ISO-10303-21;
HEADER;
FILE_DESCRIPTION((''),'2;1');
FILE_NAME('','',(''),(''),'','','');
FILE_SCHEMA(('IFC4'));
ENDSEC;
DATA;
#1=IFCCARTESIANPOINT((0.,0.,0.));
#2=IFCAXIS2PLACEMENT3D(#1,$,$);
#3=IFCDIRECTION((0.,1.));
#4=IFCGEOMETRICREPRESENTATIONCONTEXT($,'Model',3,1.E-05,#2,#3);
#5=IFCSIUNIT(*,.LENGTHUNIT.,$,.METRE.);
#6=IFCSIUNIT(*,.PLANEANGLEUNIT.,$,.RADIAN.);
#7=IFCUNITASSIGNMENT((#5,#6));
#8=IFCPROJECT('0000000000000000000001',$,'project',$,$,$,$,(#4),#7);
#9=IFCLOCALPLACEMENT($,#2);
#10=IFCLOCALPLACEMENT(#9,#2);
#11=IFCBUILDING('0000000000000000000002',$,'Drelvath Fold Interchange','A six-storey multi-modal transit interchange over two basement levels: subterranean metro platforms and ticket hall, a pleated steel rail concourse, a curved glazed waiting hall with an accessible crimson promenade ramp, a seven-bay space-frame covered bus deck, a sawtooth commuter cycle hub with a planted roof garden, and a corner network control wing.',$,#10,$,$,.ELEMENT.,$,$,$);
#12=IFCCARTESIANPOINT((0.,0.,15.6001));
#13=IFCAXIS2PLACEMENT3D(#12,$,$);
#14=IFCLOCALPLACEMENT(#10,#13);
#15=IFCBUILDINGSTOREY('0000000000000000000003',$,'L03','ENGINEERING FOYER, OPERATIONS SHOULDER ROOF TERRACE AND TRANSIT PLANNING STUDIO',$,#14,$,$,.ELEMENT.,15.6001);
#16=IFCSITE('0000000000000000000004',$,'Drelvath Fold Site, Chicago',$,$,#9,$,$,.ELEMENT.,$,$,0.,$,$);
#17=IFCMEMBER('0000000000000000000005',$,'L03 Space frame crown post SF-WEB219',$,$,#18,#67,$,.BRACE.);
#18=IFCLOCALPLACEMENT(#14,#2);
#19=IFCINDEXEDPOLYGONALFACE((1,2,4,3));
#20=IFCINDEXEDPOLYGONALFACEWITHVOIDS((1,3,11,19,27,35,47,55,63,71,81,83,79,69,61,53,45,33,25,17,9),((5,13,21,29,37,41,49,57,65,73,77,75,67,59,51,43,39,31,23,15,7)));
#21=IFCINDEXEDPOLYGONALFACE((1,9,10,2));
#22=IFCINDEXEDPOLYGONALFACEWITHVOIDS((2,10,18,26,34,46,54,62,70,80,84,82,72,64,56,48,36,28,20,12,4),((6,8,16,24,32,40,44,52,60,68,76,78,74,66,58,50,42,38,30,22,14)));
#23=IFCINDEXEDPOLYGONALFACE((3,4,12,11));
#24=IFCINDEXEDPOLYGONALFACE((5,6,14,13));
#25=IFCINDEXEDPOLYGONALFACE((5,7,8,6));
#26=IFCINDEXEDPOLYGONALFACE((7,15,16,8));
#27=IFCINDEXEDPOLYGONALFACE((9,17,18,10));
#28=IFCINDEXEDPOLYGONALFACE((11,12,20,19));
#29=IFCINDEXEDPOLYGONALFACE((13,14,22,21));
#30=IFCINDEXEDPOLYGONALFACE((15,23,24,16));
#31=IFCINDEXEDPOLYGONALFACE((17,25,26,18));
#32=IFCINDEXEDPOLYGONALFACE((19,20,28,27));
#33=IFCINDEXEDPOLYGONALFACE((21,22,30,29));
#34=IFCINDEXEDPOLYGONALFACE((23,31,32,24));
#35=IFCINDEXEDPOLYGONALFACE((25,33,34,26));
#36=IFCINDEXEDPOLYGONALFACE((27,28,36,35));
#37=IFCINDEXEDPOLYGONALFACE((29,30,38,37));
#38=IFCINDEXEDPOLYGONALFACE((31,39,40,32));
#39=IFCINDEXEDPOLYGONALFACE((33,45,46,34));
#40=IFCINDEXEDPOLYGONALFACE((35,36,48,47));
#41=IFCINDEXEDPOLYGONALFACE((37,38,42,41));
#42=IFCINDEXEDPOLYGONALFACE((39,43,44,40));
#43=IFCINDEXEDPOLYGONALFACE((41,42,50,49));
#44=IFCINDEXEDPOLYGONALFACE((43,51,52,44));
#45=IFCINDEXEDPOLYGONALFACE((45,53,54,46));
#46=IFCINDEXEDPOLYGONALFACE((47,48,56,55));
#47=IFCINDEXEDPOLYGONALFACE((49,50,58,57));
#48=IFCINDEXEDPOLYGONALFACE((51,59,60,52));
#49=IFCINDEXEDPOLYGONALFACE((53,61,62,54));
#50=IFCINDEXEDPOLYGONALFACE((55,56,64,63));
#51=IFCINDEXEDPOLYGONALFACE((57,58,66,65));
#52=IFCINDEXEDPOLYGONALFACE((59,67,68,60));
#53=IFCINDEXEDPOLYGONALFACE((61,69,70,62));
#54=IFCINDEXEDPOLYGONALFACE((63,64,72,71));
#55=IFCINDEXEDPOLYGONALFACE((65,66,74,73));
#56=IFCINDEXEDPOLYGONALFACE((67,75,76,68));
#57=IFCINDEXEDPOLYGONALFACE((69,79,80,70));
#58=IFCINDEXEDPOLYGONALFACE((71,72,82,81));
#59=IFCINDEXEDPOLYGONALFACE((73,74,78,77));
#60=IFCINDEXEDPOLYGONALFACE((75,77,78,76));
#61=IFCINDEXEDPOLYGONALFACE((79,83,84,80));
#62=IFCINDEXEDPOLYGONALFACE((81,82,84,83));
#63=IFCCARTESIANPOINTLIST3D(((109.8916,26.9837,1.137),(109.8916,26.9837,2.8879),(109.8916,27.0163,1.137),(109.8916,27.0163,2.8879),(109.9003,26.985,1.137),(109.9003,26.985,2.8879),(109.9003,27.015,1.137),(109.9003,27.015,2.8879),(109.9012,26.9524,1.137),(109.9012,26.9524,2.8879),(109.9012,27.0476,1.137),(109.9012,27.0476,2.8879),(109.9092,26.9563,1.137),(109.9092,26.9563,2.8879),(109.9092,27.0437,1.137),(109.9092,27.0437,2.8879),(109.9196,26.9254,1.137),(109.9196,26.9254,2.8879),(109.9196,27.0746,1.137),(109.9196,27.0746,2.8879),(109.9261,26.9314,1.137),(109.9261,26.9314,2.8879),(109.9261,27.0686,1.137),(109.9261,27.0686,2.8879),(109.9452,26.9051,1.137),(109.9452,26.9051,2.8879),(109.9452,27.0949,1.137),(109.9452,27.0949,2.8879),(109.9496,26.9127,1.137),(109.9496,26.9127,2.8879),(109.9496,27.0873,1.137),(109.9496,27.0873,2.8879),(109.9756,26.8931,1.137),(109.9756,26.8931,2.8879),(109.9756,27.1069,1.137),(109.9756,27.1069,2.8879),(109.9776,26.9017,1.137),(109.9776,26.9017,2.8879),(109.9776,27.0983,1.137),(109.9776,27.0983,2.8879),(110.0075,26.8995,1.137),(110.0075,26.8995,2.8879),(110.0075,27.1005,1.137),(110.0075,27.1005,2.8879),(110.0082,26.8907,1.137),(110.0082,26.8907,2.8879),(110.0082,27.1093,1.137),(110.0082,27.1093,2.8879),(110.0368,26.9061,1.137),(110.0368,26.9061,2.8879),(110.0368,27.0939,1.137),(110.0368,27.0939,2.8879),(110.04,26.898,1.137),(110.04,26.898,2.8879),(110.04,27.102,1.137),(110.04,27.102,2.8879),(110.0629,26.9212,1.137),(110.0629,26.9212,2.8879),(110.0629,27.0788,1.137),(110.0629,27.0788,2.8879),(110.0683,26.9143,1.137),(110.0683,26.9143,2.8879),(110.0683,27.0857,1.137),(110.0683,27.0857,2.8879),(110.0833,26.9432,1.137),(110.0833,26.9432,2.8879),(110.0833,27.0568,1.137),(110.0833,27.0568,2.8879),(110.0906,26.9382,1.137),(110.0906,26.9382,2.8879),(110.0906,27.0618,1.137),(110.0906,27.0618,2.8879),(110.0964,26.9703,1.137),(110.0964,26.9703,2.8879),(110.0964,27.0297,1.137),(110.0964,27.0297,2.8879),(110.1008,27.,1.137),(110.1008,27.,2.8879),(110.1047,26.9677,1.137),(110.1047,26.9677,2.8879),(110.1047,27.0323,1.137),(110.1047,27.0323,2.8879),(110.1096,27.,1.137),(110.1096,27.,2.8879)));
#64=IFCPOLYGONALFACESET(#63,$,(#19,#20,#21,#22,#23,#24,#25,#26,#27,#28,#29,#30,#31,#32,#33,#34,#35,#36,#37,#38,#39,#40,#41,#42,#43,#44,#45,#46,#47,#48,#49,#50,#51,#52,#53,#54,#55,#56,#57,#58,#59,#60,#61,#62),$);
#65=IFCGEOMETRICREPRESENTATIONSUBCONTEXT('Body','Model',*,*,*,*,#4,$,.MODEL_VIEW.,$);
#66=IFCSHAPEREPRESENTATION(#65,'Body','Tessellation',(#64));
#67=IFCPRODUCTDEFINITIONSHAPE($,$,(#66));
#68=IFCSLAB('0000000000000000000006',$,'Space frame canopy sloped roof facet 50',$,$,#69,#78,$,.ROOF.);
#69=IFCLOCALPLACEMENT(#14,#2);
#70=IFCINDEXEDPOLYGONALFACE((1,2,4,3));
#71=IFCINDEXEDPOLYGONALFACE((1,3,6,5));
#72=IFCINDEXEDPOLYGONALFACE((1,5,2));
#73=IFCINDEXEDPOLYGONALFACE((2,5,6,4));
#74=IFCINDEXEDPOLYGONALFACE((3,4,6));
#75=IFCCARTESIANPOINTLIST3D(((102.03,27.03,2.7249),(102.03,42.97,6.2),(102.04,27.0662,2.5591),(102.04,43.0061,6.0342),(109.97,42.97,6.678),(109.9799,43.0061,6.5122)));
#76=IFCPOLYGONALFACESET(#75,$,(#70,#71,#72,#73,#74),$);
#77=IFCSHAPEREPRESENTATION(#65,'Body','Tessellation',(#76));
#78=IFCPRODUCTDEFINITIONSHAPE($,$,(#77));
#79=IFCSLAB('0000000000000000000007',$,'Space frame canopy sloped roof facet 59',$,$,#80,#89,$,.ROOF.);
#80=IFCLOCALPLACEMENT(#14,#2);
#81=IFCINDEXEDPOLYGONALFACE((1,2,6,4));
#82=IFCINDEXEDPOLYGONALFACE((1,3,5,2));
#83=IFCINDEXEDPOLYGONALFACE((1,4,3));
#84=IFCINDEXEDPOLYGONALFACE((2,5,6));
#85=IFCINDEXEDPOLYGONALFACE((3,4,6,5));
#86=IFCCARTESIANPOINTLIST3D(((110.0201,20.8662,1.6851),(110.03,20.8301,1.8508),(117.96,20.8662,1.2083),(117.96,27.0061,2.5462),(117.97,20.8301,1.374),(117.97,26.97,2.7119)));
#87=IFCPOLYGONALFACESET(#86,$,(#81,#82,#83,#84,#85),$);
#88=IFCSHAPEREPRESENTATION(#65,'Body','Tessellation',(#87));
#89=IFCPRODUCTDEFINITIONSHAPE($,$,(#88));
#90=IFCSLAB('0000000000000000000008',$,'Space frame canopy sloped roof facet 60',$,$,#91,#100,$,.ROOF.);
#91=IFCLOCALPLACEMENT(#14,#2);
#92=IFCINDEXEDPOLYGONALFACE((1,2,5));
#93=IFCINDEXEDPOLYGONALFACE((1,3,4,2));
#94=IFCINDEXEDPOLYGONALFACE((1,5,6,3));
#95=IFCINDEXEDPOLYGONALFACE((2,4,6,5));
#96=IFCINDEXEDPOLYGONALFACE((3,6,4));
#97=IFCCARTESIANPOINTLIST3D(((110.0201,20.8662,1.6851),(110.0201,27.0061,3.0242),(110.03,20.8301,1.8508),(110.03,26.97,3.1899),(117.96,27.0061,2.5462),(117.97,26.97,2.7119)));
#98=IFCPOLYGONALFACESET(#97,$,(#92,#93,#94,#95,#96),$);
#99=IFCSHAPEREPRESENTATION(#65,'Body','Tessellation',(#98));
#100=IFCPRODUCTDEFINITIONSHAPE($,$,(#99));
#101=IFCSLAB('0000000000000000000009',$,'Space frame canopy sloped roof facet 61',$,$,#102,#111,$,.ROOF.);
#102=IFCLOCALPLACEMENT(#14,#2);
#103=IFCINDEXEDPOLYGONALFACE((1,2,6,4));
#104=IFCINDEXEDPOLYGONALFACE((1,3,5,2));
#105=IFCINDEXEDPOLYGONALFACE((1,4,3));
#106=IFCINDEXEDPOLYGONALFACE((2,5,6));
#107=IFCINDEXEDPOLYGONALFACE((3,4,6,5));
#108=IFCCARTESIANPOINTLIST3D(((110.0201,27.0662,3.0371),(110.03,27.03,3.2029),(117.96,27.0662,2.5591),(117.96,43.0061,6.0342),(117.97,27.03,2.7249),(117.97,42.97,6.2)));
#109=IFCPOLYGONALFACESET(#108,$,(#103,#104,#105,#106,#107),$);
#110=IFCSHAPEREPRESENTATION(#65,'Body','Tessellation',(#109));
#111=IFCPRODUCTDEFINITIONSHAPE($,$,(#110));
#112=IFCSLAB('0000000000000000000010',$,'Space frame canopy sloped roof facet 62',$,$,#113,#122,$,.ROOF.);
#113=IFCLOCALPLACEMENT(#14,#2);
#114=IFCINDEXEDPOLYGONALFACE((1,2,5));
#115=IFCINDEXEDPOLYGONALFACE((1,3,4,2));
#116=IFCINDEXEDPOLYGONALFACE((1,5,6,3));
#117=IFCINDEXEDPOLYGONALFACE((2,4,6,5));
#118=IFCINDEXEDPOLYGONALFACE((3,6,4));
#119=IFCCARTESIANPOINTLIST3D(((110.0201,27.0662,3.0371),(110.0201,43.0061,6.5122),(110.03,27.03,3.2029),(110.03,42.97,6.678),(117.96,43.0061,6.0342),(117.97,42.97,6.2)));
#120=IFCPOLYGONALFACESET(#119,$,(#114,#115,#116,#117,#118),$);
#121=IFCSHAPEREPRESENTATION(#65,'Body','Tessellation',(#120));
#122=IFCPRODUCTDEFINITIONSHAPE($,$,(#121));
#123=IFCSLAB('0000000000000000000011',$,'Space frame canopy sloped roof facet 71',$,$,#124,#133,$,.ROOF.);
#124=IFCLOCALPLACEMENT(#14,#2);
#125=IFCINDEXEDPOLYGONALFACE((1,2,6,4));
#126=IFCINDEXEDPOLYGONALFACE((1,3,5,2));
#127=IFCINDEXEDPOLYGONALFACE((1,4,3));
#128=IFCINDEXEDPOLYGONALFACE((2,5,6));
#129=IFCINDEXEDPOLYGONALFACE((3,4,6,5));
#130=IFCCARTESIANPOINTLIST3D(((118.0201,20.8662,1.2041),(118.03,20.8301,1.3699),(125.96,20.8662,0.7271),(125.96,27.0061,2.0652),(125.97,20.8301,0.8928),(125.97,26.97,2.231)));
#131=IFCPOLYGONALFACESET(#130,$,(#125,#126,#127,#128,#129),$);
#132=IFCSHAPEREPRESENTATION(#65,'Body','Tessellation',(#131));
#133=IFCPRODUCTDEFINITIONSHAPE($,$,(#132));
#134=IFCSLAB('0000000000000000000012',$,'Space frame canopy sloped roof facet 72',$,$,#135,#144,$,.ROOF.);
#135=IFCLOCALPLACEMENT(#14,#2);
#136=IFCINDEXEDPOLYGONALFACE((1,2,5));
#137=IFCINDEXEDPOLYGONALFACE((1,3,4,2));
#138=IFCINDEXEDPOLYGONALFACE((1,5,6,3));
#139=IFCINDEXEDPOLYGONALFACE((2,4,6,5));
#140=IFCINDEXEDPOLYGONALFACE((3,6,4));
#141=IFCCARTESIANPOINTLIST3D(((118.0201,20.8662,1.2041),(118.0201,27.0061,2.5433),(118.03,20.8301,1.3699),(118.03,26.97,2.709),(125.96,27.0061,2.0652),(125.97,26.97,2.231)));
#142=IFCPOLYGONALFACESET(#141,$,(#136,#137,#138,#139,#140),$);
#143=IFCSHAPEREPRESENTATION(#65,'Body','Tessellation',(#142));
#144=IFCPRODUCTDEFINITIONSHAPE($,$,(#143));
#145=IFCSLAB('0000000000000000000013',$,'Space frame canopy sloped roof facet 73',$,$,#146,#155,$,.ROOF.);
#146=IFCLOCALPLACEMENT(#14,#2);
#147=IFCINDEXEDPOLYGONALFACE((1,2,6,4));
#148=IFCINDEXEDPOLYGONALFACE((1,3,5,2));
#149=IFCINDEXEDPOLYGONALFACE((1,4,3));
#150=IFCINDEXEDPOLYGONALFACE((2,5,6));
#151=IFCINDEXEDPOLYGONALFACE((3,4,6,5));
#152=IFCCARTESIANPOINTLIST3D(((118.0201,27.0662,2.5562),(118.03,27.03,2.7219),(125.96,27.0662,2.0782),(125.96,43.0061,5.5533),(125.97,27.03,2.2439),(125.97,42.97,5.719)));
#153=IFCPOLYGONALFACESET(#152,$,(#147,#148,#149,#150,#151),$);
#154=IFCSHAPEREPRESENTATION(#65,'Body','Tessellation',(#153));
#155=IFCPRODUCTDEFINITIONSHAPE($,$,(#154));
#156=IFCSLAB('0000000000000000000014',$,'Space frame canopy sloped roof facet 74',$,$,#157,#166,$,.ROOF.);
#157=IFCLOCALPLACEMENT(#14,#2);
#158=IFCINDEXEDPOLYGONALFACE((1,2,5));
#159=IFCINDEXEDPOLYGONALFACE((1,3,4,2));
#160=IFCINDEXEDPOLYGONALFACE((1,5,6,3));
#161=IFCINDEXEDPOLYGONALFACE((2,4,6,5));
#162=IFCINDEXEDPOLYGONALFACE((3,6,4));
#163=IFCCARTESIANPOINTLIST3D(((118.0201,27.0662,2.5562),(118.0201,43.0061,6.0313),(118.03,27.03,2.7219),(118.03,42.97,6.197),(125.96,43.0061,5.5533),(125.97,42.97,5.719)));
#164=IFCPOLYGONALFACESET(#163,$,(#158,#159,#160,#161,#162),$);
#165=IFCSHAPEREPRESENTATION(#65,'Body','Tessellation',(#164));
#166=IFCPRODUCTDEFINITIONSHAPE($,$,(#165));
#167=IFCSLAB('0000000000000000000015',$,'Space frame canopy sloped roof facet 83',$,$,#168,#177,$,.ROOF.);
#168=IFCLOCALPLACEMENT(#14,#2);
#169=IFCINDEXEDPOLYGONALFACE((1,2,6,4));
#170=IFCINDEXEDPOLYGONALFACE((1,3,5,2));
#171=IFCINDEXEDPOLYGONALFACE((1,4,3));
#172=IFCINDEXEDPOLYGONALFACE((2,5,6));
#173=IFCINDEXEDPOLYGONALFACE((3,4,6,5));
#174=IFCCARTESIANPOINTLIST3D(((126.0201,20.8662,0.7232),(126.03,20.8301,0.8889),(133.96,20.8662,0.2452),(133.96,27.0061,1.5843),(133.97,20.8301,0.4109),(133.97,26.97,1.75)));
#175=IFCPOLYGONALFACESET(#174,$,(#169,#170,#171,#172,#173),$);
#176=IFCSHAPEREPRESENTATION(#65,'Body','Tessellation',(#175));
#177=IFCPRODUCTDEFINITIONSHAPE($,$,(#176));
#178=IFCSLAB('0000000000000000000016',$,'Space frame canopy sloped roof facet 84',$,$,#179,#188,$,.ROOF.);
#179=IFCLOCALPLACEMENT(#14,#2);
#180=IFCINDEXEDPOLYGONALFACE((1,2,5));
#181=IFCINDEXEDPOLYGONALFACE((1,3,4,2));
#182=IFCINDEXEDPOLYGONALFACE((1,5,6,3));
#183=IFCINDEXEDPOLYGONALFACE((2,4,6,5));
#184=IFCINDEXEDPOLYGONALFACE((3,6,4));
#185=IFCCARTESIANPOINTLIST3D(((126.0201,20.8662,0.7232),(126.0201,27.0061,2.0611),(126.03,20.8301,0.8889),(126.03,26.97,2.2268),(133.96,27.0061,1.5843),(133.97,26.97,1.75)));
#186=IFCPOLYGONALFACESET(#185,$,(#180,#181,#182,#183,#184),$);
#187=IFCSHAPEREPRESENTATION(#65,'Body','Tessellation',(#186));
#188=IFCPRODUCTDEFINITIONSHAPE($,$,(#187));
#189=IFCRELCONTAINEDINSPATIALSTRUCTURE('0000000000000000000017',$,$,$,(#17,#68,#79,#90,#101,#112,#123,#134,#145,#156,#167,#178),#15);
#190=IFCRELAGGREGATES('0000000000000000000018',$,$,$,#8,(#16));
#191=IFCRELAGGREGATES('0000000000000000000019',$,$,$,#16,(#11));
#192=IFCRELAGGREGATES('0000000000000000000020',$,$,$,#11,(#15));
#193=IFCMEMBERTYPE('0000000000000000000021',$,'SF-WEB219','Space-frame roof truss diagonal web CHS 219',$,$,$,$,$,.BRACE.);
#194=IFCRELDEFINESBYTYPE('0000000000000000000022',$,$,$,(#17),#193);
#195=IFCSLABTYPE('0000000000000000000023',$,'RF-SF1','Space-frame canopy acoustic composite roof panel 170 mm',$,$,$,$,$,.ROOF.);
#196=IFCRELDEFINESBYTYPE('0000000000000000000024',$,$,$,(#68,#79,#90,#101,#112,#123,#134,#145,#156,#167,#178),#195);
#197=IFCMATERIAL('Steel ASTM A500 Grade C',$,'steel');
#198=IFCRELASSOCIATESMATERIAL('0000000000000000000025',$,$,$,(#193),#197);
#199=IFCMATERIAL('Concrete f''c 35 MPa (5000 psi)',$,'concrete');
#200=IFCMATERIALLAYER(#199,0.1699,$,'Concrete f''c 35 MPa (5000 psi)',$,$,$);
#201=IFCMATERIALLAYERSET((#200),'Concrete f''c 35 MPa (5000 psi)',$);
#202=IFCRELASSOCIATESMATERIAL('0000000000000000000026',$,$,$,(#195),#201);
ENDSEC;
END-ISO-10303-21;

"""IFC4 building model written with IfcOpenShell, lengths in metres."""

from ifc_helpers import new_model, si_unit, direction, frame, origin, origin_2d, place, context, subcontext, project, spatial, polyline, hollow_circle, outline, extrude, material, layer, layer_set, material_profile, profile_set, type_object, element, save


model = new_model("IFC4")

# Units and contexts
model_context = context("Model", 3, precision=1e-05, world=origin(), true_north=direction((0.0, 1.0)))
body_context = subcontext(model_context, "Body", "Model", "MODEL_VIEW")
ifc_project = project(units=[si_unit("LENGTHUNIT", "METRE"), si_unit("PLANEANGLEUNIT", "RADIAN")], contexts=[model_context])

# Site, building, storey
site_placement = place(None, origin())
site = spatial("IfcSite", under=ifc_project, at=site_placement, Name="Drelvath Fold Site, Chicago", CompositionType="ELEMENT", RefElevation=0.0)
building_placement = place(site_placement, origin())
building = spatial("IfcBuilding", under=site, at=building_placement, Name="Drelvath Fold Interchange", Description="A six-storey multi-modal transit interchange over two basement levels: subterranean metro platforms and ticket hall, a pleated steel rail concourse, a curved glazed waiting hall with an accessible crimson promenade ramp, a seven-bay space-frame covered bus deck, a sawtooth commuter cycle hub with a planted roof garden, and a corner network control wing.", CompositionType="ELEMENT")
storey_placement = place(building_placement, frame((0.0, 0.0, 15.6001)))
storey = spatial("IfcBuildingStorey", under=building, at=storey_placement, Name="L03", Description="ENGINEERING FOYER, OPERATIONS SHOULDER ROOF TERRACE AND TRANSIT PLANNING STUDIO", CompositionType="ELEMENT", Elevation=15.6001)

# Shared definitions
ifc_material_1 = material(Name="Steel ASTM A500 Grade C", Category="steel")

# Member
ifc_material_profile_1 = material_profile(ifc_material_1, hollow_circle(Radius=0.1096, WallThickness=0.0088, at=origin_2d()), Name="HSS8.625X0.375")
ifc_profile_set_1 = profile_set([ifc_material_profile_1], Name="Steel ASTM A500 Grade C")
member_type_1 = type_object("IfcMemberType", Name="SF-WEB219", Description="Space-frame roof truss diagonal web CHS 219", PredefinedType="BRACE", material=ifc_profile_set_1)
member_1_placement = place(storey_placement, frame((110.0, 27.0, 1.137), z_axis=(0.0, 0.0, 1.0), x_axis=(1.0, 0.0, 0.0)))
element("IfcMember", 1, at=member_1_placement, inside=storey, type_object=member_type_1, Name="L03 Space frame crown post SF-WEB219", PredefinedType="BRACE", context=body_context, shape_type="SweptSolid", body=[
    extrude(hollow_circle(Radius=0.1096, WallThickness=0.0088, at=origin_2d()), origin(), (0.0, 0.0, 1.0), 1.751),
])

# Slabs
ifc_material_2 = material(Name="Concrete f'c 35 MPa (5000 psi)", Category="concrete")
ifc_layer_1 = layer(ifc_material_2, 0.1699, Name="Concrete f'c 35 MPa (5000 psi)")
ifc_layer_set_1 = layer_set([ifc_layer_1], Name="Concrete f'c 35 MPa (5000 psi)")
slab_type = type_object("IfcSlabType", Name="RF-SF1", Description="Space-frame canopy acoustic composite roof panel 170 mm", PredefinedType="ROOF", material=ifc_layer_set_1)
slab_1_placement = place(storey_placement, frame((102.03, 27.03, 2.7249), z_axis=(-0.058722, -0.212641, 0.975364), x_axis=(0.435268, 0.873829, 0.216711)))
element("IfcSlab", 2, at=slab_1_placement, inside=storey, type_object=slab_type, Name="Space frame canopy sloped roof facet 50", PredefinedType="ROOF", context=body_context, shape_type="SweptSolid", body=[
    extrude(outline(polyline([(0.0, 0.0), (18.2415, 0.0), (14.6819, 7.1134), (0.0, 0.0)])), origin(), (0.0, 0.0, -1.0), 0.1699),
])
slab_2_placement = place(storey_placement, frame((110.03, 20.8301, 1.8508), z_axis=(0.058574, -0.21254, 0.975395), x_axis=(0.998202, 0.0, -0.059944)))
element("IfcSlab", 3, at=slab_2_placement, inside=storey, type_object=slab_type, Name="Space frame canopy sloped roof facet 59", PredefinedType="ROOF", context=body_context, shape_type="SweptSolid", body=[
    extrude(outline(polyline([(0.0, 0.0), (7.9542, 0.0), (7.874, 6.2835), (0.0, 0.0)])), origin(), (0.0, 0.0, -1.0), 0.1699),
])
slab_3_placement = place(storey_placement, frame((110.03, 20.8301, 1.8508), z_axis=(0.058721, -0.212723, 0.975346), x_axis=(0.788174, 0.609488, 0.085477)))
element("IfcSlab", 4, at=slab_3_placement, inside=storey, type_object=slab_type, Name="Space frame canopy sloped roof facet 60", PredefinedType="ROOF", context=body_context, shape_type="SweptSolid", body=[
    extrude(outline(polyline([(0.0, 0.0), (10.0738, 0.0), (3.8567, 4.9616), (0.0, 0.0)])), origin(), (0.0, 0.0, -1.0), 0.1699),
])
slab_4_placement = place(storey_placement, frame((110.03, 27.03, 3.2029), z_axis=(0.058722, -0.212641, 0.975364), x_axis=(0.998193, 0.0, -0.060097)))
element("IfcSlab", 5, at=slab_4_placement, inside=storey, type_object=slab_type, Name="Space frame canopy sloped roof facet 61", PredefinedType="ROOF", context=body_context, shape_type="SweptSolid", body=[
    extrude(outline(polyline([(0.0, 0.0), (7.9543, 0.0), (7.7455, 16.313), (0.0, 0.0)])), origin(), (0.0, 0.0, -1.0), 0.1699),
])
slab_5_placement = place(storey_placement, frame((110.03, 27.03, 3.2029), z_axis=(0.058722, -0.212641, 0.975364), x_axis=(0.439681, 0.882687, 0.165965)))
element("IfcSlab", 6, at=slab_5_placement, inside=storey, type_object=slab_type, Name="Space frame canopy sloped roof facet 62", PredefinedType="ROOF", context=body_context, shape_type="SweptSolid", body=[
    extrude(outline(polyline([(0.0, 0.0), (18.0584, 0.0), (14.6467, 7.1855), (0.0, 0.0)])), origin(), (0.0, 0.0, -1.0), 0.1699),
])
slab_6_placement = place(storey_placement, frame((118.03, 20.8301, 1.3699), z_axis=(0.058604, -0.212577, 0.975385), x_axis=(0.9982, 0.0, -0.059974)))
element("IfcSlab", 7, at=slab_6_placement, inside=storey, type_object=slab_type, Name="Space frame canopy sloped roof facet 71", PredefinedType="ROOF", context=body_context, shape_type="SweptSolid", body=[
    extrude(outline(polyline([(0.0, 0.0), (7.9543, 0.0), (7.874, 6.2835), (0.0, 0.0)])), origin(), (0.0, 0.0, -1.0), 0.1699),
])
slab_7_placement = place(storey_placement, frame((118.03, 20.8301, 1.3699), z_axis=(0.058721, -0.212723, 0.975346), x_axis=(0.788174, 0.609488, 0.085477)))
element("IfcSlab", 8, at=slab_7_placement, inside=storey, type_object=slab_type, Name="Space frame canopy sloped roof facet 72", PredefinedType="ROOF", context=body_context, shape_type="SweptSolid", body=[
    extrude(outline(polyline([(0.0, 0.0), (10.0738, 0.0), (3.8567, 4.9616), (0.0, 0.0)])), origin(), (0.0, 0.0, -1.0), 0.1699),
])
slab_8_placement = place(storey_placement, frame((118.03, 27.03, 2.7219), z_axis=(0.058722, -0.212641, 0.975364), x_axis=(0.998193, 0.0, -0.060097)))
element("IfcSlab", 9, at=slab_8_placement, inside=storey, type_object=slab_type, Name="Space frame canopy sloped roof facet 73", PredefinedType="ROOF", context=body_context, shape_type="SweptSolid", body=[
    extrude(outline(polyline([(0.0, 0.0), (7.9543, 0.0), (7.7455, 16.313), (0.0, 0.0)])), origin(), (0.0, 0.0, -1.0), 0.1699),
])
slab_9_placement = place(storey_placement, frame((118.03, 27.03, 2.7219), z_axis=(0.058722, -0.212641, 0.975364), x_axis=(0.439681, 0.882687, 0.165965)))
element("IfcSlab", 10, at=slab_9_placement, inside=storey, type_object=slab_type, Name="Space frame canopy sloped roof facet 74", PredefinedType="ROOF", context=body_context, shape_type="SweptSolid", body=[
    extrude(outline(polyline([(0.0, 0.0), (18.0584, 0.0), (14.6467, 7.1855), (0.0, 0.0)])), origin(), (0.0, 0.0, -1.0), 0.1699),
])
slab_10_placement = place(storey_placement, frame((126.03, 20.8301, 0.8889), z_axis=(0.058721, -0.212723, 0.975346), x_axis=(0.998193, 0.0, -0.060097)))
element("IfcSlab", 11, at=slab_10_placement, inside=storey, type_object=slab_type, Name="Space frame canopy sloped roof facet 83", PredefinedType="ROOF", context=body_context, shape_type="SweptSolid", body=[
    extrude(outline(polyline([(0.0, 0.0), (7.9543, 0.0), (7.8738, 6.2837), (0.0, 0.0)])), origin(), (0.0, 0.0, -1.0), 0.1699),
])
slab_11_placement = place(storey_placement, frame((126.03, 20.8301, 0.8889), z_axis=(0.058574, -0.21254, 0.975395), x_axis=(0.788174, 0.609488, 0.085477)))
element("IfcSlab", 12, at=slab_11_placement, inside=storey, type_object=slab_type, Name="Space frame canopy sloped roof facet 84", PredefinedType="ROOF", context=body_context, shape_type="SweptSolid", body=[
    extrude(outline(polyline([(0.0, 0.0), (10.0738, 0.0), (3.8566, 4.9614), (0.0, 0.0)])), origin(), (0.0, 0.0, -1.0), 0.1699),
])

save(model, "model.ifc")
